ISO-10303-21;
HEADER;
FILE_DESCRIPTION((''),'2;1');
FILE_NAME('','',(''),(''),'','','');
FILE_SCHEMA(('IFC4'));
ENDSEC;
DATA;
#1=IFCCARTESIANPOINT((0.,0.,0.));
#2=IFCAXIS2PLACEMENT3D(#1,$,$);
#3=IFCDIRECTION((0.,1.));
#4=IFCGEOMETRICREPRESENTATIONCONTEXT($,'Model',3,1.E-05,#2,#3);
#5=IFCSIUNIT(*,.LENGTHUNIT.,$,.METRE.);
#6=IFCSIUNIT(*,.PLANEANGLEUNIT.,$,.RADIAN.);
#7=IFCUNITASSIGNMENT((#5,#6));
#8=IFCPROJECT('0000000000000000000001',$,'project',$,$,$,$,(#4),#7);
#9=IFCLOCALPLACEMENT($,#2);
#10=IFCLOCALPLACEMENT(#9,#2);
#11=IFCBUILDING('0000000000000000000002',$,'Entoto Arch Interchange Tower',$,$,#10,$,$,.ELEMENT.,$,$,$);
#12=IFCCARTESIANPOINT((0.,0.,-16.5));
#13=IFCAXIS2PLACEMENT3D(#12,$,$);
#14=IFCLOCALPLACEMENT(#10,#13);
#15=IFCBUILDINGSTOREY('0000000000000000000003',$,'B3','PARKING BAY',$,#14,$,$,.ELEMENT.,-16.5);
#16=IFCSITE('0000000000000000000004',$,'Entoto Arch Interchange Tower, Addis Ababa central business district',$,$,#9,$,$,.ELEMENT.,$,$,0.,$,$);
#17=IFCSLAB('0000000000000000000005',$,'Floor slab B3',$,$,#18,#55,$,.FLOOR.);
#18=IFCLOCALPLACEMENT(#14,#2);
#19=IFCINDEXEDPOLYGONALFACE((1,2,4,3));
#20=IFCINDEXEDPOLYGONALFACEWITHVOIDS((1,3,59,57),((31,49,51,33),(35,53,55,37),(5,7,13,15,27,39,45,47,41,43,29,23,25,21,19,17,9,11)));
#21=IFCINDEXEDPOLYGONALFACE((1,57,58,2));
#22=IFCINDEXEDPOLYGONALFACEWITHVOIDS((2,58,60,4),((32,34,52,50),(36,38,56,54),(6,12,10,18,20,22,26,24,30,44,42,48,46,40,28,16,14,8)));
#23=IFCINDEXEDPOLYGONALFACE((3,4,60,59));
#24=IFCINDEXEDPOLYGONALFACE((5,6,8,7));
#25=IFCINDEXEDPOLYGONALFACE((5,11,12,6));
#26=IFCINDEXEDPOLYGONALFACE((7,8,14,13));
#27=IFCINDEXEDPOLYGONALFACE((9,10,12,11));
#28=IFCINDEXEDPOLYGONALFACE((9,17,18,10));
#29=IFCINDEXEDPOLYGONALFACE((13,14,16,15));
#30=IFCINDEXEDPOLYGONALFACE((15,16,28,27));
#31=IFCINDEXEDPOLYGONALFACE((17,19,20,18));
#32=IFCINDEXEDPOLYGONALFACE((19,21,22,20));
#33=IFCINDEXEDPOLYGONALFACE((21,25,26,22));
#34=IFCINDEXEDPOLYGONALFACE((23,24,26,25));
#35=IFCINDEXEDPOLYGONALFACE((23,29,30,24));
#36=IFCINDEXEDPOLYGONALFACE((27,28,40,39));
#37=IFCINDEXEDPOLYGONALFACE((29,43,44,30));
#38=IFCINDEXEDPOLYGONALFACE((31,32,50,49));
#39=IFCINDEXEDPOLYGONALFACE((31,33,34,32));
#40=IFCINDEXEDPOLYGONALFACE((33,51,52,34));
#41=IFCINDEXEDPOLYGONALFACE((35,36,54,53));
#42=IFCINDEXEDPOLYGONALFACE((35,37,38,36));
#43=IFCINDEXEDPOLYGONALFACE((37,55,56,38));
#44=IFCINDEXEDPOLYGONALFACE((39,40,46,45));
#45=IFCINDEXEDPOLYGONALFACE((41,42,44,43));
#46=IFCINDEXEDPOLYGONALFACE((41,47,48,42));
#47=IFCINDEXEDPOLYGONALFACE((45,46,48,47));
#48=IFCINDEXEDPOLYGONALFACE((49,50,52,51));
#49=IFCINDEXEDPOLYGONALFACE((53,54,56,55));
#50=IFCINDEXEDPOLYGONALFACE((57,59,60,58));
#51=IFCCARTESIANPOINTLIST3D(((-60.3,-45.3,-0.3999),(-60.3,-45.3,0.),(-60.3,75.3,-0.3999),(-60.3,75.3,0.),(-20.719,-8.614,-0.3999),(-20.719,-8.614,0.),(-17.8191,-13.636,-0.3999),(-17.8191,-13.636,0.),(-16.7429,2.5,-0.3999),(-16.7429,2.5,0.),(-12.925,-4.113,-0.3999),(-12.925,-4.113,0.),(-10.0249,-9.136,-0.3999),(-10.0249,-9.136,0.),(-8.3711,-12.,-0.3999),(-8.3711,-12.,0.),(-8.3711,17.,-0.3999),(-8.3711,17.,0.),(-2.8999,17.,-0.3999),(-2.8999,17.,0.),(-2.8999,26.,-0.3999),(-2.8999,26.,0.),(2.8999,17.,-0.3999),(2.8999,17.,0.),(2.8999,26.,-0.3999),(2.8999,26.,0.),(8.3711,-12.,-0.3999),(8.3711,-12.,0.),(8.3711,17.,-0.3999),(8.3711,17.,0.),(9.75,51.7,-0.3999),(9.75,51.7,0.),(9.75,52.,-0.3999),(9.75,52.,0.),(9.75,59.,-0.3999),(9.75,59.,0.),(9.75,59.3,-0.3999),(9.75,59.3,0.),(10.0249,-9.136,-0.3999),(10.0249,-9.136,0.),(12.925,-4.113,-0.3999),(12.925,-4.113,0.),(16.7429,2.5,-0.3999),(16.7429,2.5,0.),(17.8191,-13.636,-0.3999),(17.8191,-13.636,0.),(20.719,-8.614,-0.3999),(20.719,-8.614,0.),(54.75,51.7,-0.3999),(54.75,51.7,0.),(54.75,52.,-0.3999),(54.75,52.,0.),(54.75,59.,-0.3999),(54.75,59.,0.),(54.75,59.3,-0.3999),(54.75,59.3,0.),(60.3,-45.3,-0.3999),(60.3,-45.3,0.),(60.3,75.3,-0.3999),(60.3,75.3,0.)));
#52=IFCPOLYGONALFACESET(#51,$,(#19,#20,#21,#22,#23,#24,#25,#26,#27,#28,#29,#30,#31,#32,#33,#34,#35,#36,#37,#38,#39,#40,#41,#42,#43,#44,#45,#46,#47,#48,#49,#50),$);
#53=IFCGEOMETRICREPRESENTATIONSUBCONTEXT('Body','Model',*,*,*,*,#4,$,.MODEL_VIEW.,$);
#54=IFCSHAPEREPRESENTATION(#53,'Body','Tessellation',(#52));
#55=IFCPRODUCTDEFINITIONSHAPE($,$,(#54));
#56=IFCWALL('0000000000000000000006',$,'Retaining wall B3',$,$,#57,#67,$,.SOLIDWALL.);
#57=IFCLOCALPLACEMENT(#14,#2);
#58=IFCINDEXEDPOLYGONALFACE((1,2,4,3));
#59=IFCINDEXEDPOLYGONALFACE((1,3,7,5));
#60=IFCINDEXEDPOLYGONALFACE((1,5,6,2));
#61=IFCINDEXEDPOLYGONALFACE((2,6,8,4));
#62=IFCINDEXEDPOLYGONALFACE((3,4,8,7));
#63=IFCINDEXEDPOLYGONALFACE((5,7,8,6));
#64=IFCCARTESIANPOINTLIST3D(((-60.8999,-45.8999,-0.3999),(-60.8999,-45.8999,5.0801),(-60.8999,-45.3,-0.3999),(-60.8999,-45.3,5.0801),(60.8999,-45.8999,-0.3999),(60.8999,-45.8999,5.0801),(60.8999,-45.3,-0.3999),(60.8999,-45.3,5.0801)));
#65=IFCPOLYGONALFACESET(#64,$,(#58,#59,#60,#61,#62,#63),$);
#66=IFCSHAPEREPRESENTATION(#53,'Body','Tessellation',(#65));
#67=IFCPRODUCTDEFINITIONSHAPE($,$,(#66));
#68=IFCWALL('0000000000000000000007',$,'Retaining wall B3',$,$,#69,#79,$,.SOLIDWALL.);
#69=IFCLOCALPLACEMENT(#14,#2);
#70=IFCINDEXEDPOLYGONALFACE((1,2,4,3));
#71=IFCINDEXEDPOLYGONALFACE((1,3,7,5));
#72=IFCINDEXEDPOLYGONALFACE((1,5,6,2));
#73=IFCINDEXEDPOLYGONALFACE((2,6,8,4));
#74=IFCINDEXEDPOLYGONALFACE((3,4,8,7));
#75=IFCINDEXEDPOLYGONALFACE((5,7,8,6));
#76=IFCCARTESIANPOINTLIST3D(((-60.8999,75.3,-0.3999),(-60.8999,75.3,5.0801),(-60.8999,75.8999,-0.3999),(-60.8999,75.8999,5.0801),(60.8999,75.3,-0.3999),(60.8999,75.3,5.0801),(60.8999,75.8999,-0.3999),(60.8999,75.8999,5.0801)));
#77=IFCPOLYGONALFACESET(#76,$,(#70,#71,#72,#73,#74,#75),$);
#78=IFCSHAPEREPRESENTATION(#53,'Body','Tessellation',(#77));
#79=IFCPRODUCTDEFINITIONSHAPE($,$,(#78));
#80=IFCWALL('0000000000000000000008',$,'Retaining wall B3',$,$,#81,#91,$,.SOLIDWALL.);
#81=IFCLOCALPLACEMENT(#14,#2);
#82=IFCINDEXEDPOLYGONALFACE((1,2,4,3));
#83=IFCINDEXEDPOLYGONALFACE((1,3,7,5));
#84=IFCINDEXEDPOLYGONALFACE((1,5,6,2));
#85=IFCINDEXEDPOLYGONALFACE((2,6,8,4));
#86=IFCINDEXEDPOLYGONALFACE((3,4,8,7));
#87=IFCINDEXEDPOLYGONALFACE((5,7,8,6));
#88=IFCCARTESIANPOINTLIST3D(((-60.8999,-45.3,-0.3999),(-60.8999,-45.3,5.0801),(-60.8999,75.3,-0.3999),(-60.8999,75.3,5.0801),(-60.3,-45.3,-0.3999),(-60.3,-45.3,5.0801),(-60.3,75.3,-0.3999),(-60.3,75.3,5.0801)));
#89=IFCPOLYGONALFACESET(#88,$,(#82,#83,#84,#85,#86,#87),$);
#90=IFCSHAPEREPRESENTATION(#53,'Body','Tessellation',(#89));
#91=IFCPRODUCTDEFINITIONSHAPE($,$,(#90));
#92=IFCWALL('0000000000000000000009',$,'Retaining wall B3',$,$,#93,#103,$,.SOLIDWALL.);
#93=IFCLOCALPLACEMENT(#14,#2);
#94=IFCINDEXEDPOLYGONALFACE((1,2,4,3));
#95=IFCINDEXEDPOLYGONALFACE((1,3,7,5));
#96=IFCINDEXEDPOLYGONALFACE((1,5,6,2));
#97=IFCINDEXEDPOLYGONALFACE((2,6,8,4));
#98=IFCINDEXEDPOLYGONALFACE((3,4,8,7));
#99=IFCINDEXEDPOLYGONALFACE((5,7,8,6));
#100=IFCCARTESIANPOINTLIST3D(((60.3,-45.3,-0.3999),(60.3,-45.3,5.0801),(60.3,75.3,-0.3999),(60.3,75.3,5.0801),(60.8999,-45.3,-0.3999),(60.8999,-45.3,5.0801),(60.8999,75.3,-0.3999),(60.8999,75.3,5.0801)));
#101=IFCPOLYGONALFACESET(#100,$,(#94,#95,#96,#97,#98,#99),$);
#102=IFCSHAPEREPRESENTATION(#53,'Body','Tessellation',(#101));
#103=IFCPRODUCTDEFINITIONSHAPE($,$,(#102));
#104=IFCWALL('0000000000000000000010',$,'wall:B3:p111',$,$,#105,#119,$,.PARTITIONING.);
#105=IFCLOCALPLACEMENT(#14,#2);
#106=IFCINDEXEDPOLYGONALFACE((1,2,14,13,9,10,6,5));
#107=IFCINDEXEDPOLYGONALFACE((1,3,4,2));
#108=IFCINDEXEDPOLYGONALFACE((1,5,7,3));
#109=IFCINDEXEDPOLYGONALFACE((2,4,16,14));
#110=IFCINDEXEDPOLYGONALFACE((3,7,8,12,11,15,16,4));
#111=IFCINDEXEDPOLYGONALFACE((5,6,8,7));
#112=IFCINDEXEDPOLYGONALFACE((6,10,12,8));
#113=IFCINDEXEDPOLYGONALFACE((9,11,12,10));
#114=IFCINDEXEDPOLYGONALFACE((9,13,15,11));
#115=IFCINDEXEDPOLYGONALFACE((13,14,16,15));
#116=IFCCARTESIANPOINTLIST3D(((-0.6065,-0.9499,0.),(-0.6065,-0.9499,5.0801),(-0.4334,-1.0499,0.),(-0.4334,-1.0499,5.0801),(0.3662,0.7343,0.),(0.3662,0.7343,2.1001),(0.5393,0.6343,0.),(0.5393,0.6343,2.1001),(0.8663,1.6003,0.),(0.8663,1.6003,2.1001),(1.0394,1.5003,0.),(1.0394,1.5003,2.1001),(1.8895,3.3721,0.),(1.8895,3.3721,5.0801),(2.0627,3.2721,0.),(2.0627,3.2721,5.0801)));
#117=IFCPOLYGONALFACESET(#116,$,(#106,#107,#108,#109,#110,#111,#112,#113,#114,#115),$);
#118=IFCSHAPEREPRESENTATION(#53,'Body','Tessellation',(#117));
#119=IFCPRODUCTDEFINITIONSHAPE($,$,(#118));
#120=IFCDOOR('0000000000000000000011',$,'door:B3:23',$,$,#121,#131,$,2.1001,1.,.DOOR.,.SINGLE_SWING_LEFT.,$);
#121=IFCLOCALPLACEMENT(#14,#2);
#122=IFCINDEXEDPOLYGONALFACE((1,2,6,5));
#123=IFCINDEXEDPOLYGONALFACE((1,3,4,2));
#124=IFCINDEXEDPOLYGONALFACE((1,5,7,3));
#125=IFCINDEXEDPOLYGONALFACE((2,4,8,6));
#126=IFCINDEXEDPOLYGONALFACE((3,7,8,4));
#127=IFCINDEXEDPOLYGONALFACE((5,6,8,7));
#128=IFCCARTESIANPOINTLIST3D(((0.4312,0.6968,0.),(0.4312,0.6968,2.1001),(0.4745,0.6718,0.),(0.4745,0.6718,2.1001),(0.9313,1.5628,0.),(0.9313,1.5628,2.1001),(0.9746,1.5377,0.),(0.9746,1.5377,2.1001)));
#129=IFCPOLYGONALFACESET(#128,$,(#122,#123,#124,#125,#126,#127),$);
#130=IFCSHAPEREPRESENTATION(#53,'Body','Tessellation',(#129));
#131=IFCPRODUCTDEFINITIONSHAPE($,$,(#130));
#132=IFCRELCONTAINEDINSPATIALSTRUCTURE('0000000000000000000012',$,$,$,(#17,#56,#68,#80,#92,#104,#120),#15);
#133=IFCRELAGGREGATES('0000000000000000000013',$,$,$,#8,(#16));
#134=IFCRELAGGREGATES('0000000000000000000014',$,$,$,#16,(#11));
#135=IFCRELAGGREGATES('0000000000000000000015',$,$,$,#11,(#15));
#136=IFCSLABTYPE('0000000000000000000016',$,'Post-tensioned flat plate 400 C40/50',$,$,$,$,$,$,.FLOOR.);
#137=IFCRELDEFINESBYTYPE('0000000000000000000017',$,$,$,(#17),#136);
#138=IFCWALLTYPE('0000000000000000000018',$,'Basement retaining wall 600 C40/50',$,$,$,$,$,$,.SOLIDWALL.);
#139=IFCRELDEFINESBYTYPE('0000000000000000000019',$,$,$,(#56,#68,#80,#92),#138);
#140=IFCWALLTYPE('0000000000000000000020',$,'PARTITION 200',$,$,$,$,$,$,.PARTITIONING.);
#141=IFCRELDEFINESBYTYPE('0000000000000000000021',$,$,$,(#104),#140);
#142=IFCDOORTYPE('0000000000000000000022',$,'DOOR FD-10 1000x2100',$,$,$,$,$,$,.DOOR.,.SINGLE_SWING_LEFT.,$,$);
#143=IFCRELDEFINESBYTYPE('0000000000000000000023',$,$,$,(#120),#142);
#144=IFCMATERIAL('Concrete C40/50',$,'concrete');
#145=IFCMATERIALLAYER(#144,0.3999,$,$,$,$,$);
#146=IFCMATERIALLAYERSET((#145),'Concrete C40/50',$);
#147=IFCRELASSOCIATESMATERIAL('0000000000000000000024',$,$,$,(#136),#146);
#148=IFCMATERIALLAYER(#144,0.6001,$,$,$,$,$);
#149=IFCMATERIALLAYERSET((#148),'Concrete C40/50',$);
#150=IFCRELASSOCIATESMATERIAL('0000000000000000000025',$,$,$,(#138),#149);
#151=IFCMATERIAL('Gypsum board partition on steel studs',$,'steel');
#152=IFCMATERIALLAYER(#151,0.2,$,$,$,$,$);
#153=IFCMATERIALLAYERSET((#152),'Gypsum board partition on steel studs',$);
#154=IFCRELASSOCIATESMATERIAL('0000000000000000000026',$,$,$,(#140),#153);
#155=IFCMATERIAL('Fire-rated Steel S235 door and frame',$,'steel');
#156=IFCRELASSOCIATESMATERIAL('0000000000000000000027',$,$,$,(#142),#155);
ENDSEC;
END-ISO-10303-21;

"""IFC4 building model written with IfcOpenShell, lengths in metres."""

from ifc_helpers import new_model, si_unit, direction, frame, frame_2d, origin, place, context, subcontext, project, spatial, polyline, rectangle, outline, extrude, material, layer, layer_set, type_object, element, fill, save


model = new_model("IFC4")

# Units and contexts
model_context = context("Model", 3, precision=1e-05, world=origin(), true_north=direction((0.0, 1.0)))
body_context = subcontext(model_context, "Body", "Model", "MODEL_VIEW")
ifc_project = project(units=[si_unit("LENGTHUNIT", "METRE"), si_unit("PLANEANGLEUNIT", "RADIAN")], contexts=[model_context])

# Site, building, storey
site_placement = place(None, origin())
site = spatial("IfcSite", under=ifc_project, at=site_placement, Name="Entoto Arch Interchange Tower, Addis Ababa central business district", CompositionType="ELEMENT", RefElevation=0.0)
building_placement = place(site_placement, origin())
building = spatial("IfcBuilding", under=site, at=building_placement, Name="Entoto Arch Interchange Tower", CompositionType="ELEMENT")
storey_placement = place(building_placement, frame((0.0, 0.0, -16.5)))
storey = spatial("IfcBuildingStorey", under=building, at=storey_placement, Name="B3", Description="PARKING BAY", CompositionType="ELEMENT", Elevation=-16.5)

# Slab
ifc_material_1 = material(Name="Concrete C40/50", Category="concrete")
ifc_layer_1 = layer(ifc_material_1, 0.3999)
ifc_layer_set_1 = layer_set([ifc_layer_1], Name="Concrete C40/50")
slab_type = type_object("IfcSlabType", Name="Post-tensioned flat plate 400 C40/50", PredefinedType="FLOOR", material=ifc_layer_set_1)
slab_placement = place(storey_placement, frame((0.0, 0.0, -0.3999)))
element("IfcSlab", 1, at=slab_placement, inside=storey, type_object=slab_type, Name="Floor slab B3", PredefinedType="FLOOR", context=body_context, shape_type="SweptSolid", body=[
    extrude(outline(polyline([(-60.3, -45.3), (60.3, -45.3), (60.3, 75.3), (-60.3, 75.3), (-60.3, -45.3)]), holes=[polyline([(-17.8191, -13.636), (-10.0249, -9.136), (-8.3711, -12.0), (8.3711, -12.0), (10.0249, -9.136), (17.8191, -13.636), (20.719, -8.614), (12.925, -4.113), (16.7429, 2.5), (8.3711, 17.0), (2.8999, 17.0), (2.8999, 26.0), (-2.8999, 26.0), (-2.8999, 17.0), (-8.3711, 17.0), (-16.7429, 2.5), (-12.925, -4.113), (-20.719, -8.614), (-17.8191, -13.636)]), polyline([(54.75, 51.7), (54.75, 52.0), (9.75, 52.0), (9.75, 51.7), (54.75, 51.7)]), polyline([(54.75, 59.0), (54.75, 59.3), (9.75, 59.3), (9.75, 59.0), (54.75, 59.0)])]), origin(), (0.0, 0.0, 1.0), 0.3999),
])

# Walls
ifc_layer_2 = layer(ifc_material_1, 0.6001)
ifc_layer_set_2 = layer_set([ifc_layer_2], Name="Concrete C40/50")
wall_type_1 = type_object("IfcWallType", Name="Basement retaining wall 600 C40/50", PredefinedType="SOLIDWALL", material=ifc_layer_set_2)
wall_1_placement = place(storey_placement, frame((0.0, 0.0, -0.3999)))
element("IfcWall", 2, at=wall_1_placement, inside=storey, type_object=wall_type_1, Name="Retaining wall B3", PredefinedType="SOLIDWALL", context=body_context, shape_type="SweptSolid", body=[
    extrude(outline(polyline([(60.8999, -45.8999), (60.8999, -45.3), (-60.8999, -45.3), (-60.8999, -45.8999), (60.8999, -45.8999)])), origin(), (0.0, 0.0, 1.0), 5.48),
])
wall_2_placement = place(storey_placement, frame((0.0, 0.0, -0.3999)))
element("IfcWall", 3, at=wall_2_placement, inside=storey, type_object=wall_type_1, Name="Retaining wall B3", PredefinedType="SOLIDWALL", context=body_context, shape_type="SweptSolid", body=[
    extrude(outline(polyline([(60.8999, 75.3), (60.8999, 75.8999), (-60.8999, 75.8999), (-60.8999, 75.3), (60.8999, 75.3)])), origin(), (0.0, 0.0, 1.0), 5.48),
])
wall_3_placement = place(storey_placement, frame((0.0, 0.0, -0.3999)))
element("IfcWall", 4, at=wall_3_placement, inside=storey, type_object=wall_type_1, Name="Retaining wall B3", PredefinedType="SOLIDWALL", context=body_context, shape_type="SweptSolid", body=[
    extrude(outline(polyline([(-60.3, -45.3), (-60.3, 75.3), (-60.8999, 75.3), (-60.8999, -45.3), (-60.3, -45.3)])), origin(), (0.0, 0.0, 1.0), 5.48),
])
wall_4_placement = place(storey_placement, frame((0.0, 0.0, -0.3999)))
element("IfcWall", 5, at=wall_4_placement, inside=storey, type_object=wall_type_1, Name="Retaining wall B3", PredefinedType="SOLIDWALL", context=body_context, shape_type="SweptSolid", body=[
    extrude(outline(polyline([(60.8999, -45.3), (60.8999, 75.3), (60.3, 75.3), (60.3, -45.3), (60.8999, -45.3)])), origin(), (0.0, 0.0, 1.0), 5.48),
])

# Wall, opening, door
ifc_material_2 = material(Name="Gypsum board partition on steel studs", Category="steel")
ifc_layer_3 = layer(ifc_material_2, 0.2)
ifc_layer_set_3 = layer_set([ifc_layer_3], Name="Gypsum board partition on steel studs")
wall_type_2 = type_object("IfcWallType", Name="PARTITION 200", PredefinedType="PARTITIONING", material=ifc_layer_set_3)
wall_5_placement = place(storey_placement, frame((-0.52, -1.0, 0.0), z_axis=(0.0, 0.0, 1.0), x_axis=(0.500116, 0.865958, 0.0)))
wall_5 = element("IfcWall", 6, at=wall_5_placement, inside=storey, type_object=wall_type_2, Name="wall:B3:p111", PredefinedType="PARTITIONING", context=body_context, shape_type="SweptSolid", body=[
    extrude(rectangle(XDim=4.991, YDim=0.2, at=frame_2d((2.4956, 0.0))), origin(), (0.0, 0.0, 1.0), 5.0801),
])
opening_placement = place(wall_5_placement, frame((1.9451, 0.0, 0.0)))
opening = element("IfcOpeningElement", 7, at=opening_placement, cuts=wall_5, PredefinedType="OPENING", context=body_context, shape_type="SweptSolid", body=[
    extrude(rectangle(XDim=1.0, YDim=2.1001, at=frame_2d((0.5, 1.05))), frame((0.0, 0.1099, 0.0), z_axis=(0.0, -1.0, 0.0), x_axis=(1.0, 0.0, 0.0)), (0.0, 0.0, 1.0), 0.22),
])
ifc_material_3 = material(Name="Fire-rated Steel S235 door and frame", Category="steel")
door_type = type_object("IfcDoorType", Name="DOOR FD-10 1000x2100", OperationType="SINGLE_SWING_LEFT", PredefinedType="DOOR", material=ifc_material_3)
door_placement = place(opening_placement, origin())
door = element("IfcDoor", 8, at=door_placement, inside=storey, type_object=door_type, Name="door:B3:23", OperationType="SINGLE_SWING_LEFT", OverallHeight=2.1001, OverallWidth=1.0, PredefinedType="DOOR", context=body_context, shape_type="SweptSolid", body=[
    extrude(rectangle(XDim=1.0, YDim=2.1001, at=frame_2d((0.5, 1.05))), frame((0.0, 0.0249, 0.0), z_axis=(0.0, -1.0, 0.0), x_axis=(1.0, 0.0, 0.0)), (0.0, 0.0, 1.0), 0.05),
])
fill(opening, door)

save(model, "model.ifc")
